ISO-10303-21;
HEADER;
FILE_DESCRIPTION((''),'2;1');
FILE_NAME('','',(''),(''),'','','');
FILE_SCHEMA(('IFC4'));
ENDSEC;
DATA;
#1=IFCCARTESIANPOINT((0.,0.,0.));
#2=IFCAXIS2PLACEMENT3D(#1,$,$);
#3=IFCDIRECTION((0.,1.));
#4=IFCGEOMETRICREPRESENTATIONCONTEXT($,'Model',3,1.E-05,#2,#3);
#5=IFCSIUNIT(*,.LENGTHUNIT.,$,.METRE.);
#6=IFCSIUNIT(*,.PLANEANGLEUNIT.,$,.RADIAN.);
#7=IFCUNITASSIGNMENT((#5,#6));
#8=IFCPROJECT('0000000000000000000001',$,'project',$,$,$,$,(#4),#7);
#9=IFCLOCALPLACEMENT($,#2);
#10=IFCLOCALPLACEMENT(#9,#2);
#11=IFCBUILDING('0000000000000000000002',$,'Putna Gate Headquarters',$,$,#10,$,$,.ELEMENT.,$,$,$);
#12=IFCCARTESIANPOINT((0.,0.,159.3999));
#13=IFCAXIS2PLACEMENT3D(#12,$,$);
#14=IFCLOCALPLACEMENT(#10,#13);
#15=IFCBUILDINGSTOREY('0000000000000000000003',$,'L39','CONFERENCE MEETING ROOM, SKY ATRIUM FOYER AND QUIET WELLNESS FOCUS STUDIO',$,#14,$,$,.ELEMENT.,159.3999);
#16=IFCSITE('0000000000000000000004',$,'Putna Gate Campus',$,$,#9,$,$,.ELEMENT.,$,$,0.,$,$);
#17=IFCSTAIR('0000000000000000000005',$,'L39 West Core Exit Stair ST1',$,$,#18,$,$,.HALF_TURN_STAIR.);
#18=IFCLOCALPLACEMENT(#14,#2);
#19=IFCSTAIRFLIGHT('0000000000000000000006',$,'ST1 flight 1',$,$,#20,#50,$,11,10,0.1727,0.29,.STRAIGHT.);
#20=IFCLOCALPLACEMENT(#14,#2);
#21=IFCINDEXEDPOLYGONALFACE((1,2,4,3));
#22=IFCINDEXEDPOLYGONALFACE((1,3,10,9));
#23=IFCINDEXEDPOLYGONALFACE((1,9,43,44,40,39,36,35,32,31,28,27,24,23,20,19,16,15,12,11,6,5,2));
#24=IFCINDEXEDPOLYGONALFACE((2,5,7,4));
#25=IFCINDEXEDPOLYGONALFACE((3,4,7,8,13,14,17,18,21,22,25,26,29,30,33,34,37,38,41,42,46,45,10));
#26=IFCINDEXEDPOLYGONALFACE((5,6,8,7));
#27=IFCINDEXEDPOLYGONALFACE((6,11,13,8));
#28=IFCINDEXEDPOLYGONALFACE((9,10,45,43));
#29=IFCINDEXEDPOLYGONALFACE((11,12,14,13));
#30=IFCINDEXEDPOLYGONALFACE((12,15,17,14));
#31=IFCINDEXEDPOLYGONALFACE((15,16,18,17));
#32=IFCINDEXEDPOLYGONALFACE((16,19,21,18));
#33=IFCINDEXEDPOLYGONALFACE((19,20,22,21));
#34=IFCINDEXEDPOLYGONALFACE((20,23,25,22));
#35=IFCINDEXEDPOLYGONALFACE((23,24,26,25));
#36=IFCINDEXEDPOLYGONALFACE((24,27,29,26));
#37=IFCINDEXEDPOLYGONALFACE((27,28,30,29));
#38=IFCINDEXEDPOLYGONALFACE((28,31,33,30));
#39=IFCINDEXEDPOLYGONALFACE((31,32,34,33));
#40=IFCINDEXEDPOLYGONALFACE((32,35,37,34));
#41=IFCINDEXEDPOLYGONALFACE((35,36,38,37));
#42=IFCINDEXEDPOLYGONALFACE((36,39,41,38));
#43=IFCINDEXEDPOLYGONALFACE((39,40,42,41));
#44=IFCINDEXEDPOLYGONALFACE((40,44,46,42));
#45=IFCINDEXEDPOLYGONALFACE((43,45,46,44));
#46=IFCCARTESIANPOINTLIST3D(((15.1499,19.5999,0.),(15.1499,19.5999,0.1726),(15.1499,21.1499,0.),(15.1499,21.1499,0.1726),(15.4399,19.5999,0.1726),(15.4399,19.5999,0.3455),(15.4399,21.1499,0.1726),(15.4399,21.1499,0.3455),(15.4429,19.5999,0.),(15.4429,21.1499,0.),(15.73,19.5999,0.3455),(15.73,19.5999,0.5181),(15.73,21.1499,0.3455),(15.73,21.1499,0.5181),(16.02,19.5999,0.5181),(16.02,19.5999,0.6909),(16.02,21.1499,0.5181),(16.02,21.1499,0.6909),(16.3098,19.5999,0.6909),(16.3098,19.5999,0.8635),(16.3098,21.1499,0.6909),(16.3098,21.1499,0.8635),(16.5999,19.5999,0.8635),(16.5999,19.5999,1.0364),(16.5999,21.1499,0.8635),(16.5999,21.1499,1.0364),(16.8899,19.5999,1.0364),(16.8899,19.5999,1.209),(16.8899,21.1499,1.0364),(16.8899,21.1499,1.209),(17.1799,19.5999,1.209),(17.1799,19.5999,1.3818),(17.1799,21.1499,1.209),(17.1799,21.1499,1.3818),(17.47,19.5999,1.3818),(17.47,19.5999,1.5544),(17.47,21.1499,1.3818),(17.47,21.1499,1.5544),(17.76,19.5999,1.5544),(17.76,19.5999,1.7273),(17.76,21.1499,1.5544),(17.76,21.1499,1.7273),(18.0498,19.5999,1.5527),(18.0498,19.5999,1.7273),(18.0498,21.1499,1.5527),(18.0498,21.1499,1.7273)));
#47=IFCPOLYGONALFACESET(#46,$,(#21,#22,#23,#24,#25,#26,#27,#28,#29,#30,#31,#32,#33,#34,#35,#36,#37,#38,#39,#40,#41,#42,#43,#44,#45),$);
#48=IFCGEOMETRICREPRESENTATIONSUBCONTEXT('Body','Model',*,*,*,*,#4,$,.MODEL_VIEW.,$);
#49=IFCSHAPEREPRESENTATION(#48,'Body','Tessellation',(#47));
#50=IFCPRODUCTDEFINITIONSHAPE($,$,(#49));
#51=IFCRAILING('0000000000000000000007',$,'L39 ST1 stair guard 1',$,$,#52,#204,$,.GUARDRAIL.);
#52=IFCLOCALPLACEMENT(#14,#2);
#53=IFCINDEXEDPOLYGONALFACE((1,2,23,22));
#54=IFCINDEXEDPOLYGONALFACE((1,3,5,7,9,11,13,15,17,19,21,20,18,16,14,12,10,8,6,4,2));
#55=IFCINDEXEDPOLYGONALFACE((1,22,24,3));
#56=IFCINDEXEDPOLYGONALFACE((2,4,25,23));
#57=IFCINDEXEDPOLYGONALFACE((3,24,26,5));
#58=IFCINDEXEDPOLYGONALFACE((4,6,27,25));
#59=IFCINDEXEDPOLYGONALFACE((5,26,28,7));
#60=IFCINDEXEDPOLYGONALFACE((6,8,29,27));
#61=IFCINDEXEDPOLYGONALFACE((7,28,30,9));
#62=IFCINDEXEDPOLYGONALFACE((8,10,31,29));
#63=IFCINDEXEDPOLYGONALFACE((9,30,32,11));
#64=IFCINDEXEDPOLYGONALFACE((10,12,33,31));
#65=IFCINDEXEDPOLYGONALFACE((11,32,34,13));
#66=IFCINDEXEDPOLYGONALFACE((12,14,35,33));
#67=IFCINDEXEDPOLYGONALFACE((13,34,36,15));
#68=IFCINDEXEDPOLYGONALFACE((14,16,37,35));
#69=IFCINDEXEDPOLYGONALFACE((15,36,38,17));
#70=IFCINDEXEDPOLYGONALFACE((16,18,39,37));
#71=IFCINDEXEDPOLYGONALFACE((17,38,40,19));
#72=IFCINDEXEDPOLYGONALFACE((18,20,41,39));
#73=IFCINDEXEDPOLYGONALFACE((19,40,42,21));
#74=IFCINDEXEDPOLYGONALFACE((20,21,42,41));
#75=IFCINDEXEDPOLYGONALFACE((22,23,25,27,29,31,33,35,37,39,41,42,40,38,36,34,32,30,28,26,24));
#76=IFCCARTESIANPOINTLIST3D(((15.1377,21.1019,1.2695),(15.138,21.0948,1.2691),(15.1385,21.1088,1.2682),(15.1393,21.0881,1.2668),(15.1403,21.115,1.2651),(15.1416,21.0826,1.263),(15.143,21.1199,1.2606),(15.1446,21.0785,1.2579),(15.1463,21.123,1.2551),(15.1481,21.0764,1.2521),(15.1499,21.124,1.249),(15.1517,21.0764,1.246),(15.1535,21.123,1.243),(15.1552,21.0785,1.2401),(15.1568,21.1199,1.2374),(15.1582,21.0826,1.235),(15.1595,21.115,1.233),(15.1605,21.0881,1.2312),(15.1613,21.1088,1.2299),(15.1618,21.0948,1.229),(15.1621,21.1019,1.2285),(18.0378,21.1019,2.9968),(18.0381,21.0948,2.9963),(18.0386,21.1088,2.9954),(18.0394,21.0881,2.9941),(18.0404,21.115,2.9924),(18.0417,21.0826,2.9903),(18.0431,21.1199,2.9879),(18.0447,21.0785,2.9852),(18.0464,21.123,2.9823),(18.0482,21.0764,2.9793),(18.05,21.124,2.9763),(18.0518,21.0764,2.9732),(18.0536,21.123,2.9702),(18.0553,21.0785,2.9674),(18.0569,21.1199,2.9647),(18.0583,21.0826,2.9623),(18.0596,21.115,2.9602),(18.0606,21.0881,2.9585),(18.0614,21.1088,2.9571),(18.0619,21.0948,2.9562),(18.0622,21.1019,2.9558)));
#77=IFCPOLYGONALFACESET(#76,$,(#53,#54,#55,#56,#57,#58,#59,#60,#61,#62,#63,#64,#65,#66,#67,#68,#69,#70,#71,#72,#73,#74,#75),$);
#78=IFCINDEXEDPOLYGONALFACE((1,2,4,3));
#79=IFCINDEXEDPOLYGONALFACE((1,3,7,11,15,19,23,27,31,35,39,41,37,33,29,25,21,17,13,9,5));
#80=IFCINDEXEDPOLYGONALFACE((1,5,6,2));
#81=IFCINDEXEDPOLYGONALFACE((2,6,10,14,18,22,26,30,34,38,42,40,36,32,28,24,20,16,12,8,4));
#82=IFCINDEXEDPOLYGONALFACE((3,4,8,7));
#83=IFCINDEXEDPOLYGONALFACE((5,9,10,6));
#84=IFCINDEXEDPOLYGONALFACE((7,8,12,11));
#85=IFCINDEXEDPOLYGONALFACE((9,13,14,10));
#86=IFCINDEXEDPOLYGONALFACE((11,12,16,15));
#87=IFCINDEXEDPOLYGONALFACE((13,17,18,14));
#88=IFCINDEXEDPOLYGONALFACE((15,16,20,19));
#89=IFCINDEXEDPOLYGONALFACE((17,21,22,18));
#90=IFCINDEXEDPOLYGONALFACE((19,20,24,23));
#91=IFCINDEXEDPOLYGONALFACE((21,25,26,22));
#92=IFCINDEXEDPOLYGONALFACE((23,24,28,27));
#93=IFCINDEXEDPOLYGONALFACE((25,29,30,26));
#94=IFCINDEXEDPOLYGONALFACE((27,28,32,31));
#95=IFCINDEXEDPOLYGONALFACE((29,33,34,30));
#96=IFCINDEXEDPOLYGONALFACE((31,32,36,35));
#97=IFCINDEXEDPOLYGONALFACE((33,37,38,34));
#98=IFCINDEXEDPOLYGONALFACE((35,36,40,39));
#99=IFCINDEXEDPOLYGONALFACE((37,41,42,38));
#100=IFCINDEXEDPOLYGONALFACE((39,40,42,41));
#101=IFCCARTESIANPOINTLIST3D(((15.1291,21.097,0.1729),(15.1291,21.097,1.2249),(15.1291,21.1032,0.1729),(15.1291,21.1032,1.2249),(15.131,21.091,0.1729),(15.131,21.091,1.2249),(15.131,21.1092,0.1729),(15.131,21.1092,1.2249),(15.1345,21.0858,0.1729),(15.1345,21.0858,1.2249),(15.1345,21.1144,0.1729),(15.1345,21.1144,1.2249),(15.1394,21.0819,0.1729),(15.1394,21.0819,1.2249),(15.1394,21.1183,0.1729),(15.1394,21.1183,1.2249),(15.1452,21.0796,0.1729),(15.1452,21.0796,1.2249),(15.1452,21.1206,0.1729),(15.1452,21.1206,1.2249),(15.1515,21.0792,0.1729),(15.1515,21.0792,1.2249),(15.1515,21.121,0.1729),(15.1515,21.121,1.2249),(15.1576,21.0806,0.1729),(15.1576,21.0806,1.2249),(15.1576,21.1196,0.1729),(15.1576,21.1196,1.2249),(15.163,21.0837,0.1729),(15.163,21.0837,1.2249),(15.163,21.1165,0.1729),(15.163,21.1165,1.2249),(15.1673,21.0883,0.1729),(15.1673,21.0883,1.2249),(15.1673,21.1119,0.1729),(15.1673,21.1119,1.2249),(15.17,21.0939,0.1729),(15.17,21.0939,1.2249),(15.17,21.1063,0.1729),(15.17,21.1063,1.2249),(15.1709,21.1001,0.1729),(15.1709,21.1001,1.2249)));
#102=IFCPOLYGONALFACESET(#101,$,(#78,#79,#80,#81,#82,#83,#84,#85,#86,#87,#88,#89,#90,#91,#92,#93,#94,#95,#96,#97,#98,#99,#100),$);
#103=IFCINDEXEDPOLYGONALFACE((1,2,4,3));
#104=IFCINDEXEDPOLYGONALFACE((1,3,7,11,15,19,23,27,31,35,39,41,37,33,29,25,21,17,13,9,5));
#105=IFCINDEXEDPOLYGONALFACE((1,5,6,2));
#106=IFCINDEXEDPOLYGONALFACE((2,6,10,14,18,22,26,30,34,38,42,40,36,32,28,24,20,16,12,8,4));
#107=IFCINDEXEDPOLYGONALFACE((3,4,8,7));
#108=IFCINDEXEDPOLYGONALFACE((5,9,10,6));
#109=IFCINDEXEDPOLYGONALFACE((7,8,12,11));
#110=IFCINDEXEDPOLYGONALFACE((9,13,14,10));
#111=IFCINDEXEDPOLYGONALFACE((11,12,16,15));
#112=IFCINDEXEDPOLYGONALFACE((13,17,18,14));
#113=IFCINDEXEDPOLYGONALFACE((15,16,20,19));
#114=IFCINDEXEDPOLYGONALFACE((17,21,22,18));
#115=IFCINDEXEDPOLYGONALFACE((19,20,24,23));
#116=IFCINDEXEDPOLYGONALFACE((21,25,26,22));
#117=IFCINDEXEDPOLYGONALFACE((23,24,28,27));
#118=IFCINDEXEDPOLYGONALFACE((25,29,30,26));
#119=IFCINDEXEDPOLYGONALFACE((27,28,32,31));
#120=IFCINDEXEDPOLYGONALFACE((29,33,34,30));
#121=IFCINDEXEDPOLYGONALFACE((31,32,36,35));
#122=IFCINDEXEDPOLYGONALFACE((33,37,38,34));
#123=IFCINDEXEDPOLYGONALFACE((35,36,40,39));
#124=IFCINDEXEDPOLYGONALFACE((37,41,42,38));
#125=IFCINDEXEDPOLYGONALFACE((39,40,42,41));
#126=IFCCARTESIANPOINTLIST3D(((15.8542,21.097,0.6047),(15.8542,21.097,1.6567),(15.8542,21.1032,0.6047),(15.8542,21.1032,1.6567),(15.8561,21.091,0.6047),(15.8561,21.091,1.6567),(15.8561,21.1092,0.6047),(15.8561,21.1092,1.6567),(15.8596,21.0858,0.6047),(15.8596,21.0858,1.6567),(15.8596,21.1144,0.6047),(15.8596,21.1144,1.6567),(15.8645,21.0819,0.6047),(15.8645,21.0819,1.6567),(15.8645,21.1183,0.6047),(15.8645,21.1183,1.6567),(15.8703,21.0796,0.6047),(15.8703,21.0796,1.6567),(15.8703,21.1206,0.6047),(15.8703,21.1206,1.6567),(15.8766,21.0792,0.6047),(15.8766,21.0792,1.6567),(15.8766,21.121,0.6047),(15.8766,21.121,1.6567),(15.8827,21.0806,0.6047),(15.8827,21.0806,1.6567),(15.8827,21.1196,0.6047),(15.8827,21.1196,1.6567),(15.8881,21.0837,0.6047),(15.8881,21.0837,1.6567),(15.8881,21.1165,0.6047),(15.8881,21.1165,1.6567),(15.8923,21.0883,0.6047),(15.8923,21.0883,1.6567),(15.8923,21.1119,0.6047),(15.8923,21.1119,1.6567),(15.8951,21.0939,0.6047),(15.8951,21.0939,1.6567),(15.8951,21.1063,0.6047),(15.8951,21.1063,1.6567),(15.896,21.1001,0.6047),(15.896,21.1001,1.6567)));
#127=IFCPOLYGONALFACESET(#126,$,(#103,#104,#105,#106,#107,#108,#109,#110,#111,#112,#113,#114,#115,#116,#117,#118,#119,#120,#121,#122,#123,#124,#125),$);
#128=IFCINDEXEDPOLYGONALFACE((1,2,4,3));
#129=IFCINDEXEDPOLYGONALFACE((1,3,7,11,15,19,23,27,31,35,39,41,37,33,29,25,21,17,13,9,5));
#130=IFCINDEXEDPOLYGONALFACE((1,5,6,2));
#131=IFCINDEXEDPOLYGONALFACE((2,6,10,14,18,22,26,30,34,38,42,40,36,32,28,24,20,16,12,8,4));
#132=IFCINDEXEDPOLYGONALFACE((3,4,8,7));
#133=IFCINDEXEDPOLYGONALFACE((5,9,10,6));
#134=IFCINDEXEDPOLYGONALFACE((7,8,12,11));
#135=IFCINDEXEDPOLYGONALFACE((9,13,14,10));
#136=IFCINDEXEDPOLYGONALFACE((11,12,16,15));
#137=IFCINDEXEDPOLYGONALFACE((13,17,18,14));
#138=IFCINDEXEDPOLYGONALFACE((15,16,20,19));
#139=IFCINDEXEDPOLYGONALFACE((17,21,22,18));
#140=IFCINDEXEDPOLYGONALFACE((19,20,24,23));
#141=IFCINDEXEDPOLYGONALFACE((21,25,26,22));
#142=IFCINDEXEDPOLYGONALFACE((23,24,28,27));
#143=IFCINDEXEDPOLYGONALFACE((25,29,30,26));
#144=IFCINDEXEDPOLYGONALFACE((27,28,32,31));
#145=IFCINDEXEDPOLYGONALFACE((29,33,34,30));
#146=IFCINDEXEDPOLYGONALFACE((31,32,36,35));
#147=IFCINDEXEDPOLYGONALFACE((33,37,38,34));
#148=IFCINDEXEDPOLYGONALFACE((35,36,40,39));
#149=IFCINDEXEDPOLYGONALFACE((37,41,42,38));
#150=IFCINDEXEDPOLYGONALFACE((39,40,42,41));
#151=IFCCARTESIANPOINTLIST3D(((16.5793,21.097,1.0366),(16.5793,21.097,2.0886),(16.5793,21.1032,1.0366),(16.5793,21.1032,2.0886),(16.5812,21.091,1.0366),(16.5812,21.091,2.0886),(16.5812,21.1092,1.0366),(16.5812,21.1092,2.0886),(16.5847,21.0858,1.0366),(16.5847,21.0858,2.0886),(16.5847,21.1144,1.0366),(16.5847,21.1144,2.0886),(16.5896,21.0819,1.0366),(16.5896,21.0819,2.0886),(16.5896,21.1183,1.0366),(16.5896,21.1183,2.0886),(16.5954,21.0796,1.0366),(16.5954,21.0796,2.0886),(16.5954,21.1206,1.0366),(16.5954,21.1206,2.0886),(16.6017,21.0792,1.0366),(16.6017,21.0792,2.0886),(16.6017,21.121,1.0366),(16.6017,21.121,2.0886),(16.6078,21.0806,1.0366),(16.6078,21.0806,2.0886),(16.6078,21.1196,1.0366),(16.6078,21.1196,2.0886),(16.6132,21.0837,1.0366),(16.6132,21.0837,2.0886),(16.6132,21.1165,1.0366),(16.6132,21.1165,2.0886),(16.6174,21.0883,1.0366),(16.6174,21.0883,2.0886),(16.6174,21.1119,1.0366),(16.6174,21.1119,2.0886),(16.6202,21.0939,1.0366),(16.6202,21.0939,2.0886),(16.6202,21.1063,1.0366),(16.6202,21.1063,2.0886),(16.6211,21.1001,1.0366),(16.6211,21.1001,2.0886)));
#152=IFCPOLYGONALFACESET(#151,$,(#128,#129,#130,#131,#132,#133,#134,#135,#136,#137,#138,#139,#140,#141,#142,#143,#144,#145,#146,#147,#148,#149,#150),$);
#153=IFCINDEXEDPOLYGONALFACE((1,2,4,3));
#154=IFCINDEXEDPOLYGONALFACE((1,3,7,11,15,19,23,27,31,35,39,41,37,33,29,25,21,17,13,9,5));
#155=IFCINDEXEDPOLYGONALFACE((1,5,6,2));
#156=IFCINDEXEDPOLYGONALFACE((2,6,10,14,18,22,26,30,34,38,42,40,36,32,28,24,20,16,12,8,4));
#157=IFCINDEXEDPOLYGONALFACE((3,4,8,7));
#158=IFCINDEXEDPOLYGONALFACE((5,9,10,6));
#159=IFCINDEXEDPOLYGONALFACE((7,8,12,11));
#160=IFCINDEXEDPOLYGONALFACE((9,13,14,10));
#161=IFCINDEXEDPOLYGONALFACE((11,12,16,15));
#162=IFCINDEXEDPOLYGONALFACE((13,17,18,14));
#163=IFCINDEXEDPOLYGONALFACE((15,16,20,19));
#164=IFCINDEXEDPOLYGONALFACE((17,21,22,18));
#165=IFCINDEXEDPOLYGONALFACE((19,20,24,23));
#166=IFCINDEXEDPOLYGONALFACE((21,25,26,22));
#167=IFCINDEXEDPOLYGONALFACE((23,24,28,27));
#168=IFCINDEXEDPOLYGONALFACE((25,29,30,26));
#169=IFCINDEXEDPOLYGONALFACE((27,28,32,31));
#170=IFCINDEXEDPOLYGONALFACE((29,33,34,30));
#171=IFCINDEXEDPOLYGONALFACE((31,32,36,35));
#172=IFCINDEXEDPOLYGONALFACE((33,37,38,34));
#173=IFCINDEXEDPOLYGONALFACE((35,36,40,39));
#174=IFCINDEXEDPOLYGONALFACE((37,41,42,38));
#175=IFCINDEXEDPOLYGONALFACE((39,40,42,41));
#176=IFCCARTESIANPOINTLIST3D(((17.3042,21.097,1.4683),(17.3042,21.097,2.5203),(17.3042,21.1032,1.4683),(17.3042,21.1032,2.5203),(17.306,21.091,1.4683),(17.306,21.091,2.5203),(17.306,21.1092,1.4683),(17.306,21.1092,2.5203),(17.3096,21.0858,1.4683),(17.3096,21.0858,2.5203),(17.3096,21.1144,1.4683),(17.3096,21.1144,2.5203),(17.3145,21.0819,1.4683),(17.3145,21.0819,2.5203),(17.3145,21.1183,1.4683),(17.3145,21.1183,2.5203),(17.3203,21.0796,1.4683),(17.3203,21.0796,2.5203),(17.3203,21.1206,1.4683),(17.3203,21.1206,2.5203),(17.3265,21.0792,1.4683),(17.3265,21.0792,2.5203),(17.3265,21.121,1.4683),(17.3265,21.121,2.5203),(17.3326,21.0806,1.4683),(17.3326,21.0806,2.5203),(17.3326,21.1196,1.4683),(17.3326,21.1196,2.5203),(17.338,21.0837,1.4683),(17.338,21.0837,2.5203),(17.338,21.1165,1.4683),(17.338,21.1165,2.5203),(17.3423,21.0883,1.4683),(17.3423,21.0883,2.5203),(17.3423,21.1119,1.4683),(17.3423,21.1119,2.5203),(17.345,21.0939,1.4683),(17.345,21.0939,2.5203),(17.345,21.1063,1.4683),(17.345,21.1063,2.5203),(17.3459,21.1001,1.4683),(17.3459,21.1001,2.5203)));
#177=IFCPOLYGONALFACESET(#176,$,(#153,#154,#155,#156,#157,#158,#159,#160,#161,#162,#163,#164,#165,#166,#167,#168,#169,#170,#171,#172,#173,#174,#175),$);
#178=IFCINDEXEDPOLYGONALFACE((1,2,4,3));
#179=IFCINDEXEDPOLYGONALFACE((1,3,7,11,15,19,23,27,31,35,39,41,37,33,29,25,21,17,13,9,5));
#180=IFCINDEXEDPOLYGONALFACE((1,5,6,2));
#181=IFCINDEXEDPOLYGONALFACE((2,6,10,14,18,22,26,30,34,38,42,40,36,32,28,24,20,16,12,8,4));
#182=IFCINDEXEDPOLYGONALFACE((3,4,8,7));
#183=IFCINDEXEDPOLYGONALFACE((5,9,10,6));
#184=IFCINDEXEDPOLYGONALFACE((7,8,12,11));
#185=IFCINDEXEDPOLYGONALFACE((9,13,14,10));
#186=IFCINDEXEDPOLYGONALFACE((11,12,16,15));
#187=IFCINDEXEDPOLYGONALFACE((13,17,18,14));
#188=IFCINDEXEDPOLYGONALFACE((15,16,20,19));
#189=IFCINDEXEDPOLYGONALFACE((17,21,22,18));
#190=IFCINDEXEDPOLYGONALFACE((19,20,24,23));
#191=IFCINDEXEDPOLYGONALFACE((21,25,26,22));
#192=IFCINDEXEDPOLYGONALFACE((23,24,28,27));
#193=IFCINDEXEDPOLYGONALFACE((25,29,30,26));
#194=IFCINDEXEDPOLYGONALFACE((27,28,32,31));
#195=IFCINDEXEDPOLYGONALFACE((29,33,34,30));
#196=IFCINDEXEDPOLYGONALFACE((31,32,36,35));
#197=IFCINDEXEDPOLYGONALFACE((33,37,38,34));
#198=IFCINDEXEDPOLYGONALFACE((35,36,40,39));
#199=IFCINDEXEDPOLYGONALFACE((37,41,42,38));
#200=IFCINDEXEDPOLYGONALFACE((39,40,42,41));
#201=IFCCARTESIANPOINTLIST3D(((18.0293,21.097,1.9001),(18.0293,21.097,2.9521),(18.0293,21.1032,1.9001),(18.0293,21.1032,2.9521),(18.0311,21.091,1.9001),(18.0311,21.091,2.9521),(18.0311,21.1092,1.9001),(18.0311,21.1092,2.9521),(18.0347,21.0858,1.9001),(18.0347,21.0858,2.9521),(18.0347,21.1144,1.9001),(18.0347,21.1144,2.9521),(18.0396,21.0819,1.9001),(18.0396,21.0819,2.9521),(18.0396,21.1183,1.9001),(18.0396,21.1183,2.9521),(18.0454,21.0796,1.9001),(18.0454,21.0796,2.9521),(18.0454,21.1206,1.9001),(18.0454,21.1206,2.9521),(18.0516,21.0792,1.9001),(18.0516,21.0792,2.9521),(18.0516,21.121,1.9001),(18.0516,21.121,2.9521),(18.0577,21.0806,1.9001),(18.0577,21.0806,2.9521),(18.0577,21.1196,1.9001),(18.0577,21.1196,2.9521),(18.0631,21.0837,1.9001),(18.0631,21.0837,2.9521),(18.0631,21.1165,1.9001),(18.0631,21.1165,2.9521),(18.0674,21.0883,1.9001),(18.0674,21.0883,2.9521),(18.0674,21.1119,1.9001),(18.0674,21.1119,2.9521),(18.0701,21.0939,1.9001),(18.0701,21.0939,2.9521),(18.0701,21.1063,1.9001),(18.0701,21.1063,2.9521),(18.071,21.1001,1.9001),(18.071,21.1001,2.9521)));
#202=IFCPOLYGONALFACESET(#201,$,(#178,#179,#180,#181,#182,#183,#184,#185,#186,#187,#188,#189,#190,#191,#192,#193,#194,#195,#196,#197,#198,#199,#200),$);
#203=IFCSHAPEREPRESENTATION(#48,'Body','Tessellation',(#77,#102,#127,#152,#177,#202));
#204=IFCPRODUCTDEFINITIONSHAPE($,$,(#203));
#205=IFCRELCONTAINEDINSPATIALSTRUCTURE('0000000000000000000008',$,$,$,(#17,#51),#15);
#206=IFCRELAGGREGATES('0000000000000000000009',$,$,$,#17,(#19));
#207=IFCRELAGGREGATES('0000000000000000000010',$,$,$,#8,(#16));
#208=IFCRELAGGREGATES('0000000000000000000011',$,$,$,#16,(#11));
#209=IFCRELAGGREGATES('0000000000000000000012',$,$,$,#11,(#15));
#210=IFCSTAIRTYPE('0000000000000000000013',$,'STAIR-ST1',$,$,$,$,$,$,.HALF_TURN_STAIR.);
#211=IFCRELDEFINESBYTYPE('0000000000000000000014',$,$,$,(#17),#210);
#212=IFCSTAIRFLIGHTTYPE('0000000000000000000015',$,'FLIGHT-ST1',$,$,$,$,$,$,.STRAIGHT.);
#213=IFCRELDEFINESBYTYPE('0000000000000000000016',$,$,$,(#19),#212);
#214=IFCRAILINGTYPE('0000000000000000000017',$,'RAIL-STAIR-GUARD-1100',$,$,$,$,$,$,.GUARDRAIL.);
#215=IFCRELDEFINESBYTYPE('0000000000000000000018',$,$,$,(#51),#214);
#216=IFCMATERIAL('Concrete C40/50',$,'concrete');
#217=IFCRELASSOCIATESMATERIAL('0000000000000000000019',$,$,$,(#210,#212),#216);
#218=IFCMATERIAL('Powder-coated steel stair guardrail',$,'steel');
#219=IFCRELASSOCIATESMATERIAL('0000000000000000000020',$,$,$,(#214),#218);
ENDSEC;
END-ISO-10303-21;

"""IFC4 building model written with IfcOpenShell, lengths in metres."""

from ifc_helpers import new_model, si_unit, direction, frame, origin, origin_2d, place, context, subcontext, project, spatial, polyline, circle, outline, extrude, material, type_object, element, aggregate, save


model = new_model("IFC4")

# Units and contexts
model_context = context("Model", 3, precision=1e-05, world=origin(), true_north=direction((0.0, 1.0)))
body_context = subcontext(model_context, "Body", "Model", "MODEL_VIEW")
ifc_project = project(units=[si_unit("LENGTHUNIT", "METRE"), si_unit("PLANEANGLEUNIT", "RADIAN")], contexts=[model_context])

# Site, building, storey
site_placement = place(None, origin())
site = spatial("IfcSite", under=ifc_project, at=site_placement, Name="Putna Gate Campus", CompositionType="ELEMENT", RefElevation=0.0)
building_placement = place(site_placement, origin())
building = spatial("IfcBuilding", under=site, at=building_placement, Name="Putna Gate Headquarters", CompositionType="ELEMENT")
storey_placement = place(building_placement, frame((0.0, 0.0, 159.3999)))
storey = spatial("IfcBuildingStorey", under=building, at=storey_placement, Name="L39", Description="CONFERENCE MEETING ROOM, SKY ATRIUM FOYER AND QUIET WELLNESS FOCUS STUDIO", CompositionType="ELEMENT", Elevation=159.3999)

# Shared definitions
ifc_material_1 = material(Name="Concrete C40/50", Category="concrete")

# Stair, stair flight
stair_type = type_object("IfcStairType", Name="STAIR-ST1", PredefinedType="HALF_TURN_STAIR", material=ifc_material_1)
stair_placement = place(storey_placement, origin())
stair = element("IfcStair", 1, at=stair_placement, inside=storey, type_object=stair_type, Name="L39 West Core Exit Stair ST1", PredefinedType="HALF_TURN_STAIR")
stair_flight_type = type_object("IfcStairFlightType", Name="FLIGHT-ST1", PredefinedType="STRAIGHT", material=ifc_material_1)
stair_flight_placement = place(storey_placement, frame((15.1499, 20.375, 0.0), z_axis=(0.0, 0.0, 1.0), x_axis=(1.0, 0.0, 0.0)))
stair_flight = element("IfcStairFlight", 2, at=stair_flight_placement, type_object=stair_flight_type, Name="ST1 flight 1", NumberOfRisers=11, NumberOfTreads=10, PredefinedType="STRAIGHT", RiserHeight=0.1727, TreadLength=0.29, context=body_context, shape_type="SweptSolid", body=[
    extrude(outline(polyline([(0.0, 0.0), (0.0, 0.1726), (0.29, 0.1726), (0.29, 0.3455), (0.5801, 0.3455), (0.5801, 0.5181), (0.8701, 0.5181), (0.8701, 0.6909), (1.1599, 0.6909), (1.1599, 0.8635), (1.45, 0.8635), (1.45, 1.0364), (1.74, 1.0364), (1.74, 1.209), (2.03, 1.209), (2.03, 1.3818), (2.3201, 1.3818), (2.3201, 1.5544), (2.6101, 1.5544), (2.6101, 1.7273), (2.8999, 1.7273), (2.8999, 1.8999), (2.8999, 1.5527), (0.293, 0.0), (0.0, 0.0)])), frame((0.0, 0.7749, 0.0), z_axis=(0.0, -1.0, 0.0), x_axis=(1.0, 0.0, 0.0)), (0.0, 0.0, 1.0), 1.55),
])
aggregate(stair, [stair_flight])

# Railing
ifc_material_2 = material(Name="Powder-coated steel stair guardrail", Category="steel")
railing_type_1 = type_object("IfcRailingType", Name="RAIL-STAIR-GUARD-1100", PredefinedType="GUARDRAIL", material=ifc_material_2)
railing_1_placement = place(storey_placement, frame((15.1499, 21.1001, 0.1729)))
element("IfcRailing", 3, at=railing_1_placement, inside=storey, type_object=railing_type_1, Name="L39 ST1 stair guard 1", PredefinedType="GUARDRAIL", context=body_context, shape_type="SweptSolid", body=[
    extrude(circle(Radius=0.0239, at=origin_2d()), frame((0.0, 0.0, 1.0762), z_axis=(0.85916, 0.0, 0.511706), x_axis=(0.0, 1.0, 0.0)), (0.0, 0.0, 1.0), 3.3755),
    extrude(circle(Radius=0.021, at=origin_2d()), origin(), (0.0, 0.0, 1.0), 1.052),
    extrude(circle(Radius=0.021, at=origin_2d()), frame((0.7251, 0.0, 0.4319)), (0.0, 0.0, 1.0), 1.052),
    extrude(circle(Radius=0.021, at=origin_2d()), frame((1.4502, 0.0, 0.8638)), (0.0, 0.0, 1.0), 1.052),
    extrude(circle(Radius=0.021, at=origin_2d()), frame((2.175, 0.0, 1.2954)), (0.0, 0.0, 1.0), 1.052),
    extrude(circle(Radius=0.021, at=origin_2d()), frame((2.9001, 0.0, 1.7273)), (0.0, 0.0, 1.0), 1.052),
])

save(model, "model.ifc")
